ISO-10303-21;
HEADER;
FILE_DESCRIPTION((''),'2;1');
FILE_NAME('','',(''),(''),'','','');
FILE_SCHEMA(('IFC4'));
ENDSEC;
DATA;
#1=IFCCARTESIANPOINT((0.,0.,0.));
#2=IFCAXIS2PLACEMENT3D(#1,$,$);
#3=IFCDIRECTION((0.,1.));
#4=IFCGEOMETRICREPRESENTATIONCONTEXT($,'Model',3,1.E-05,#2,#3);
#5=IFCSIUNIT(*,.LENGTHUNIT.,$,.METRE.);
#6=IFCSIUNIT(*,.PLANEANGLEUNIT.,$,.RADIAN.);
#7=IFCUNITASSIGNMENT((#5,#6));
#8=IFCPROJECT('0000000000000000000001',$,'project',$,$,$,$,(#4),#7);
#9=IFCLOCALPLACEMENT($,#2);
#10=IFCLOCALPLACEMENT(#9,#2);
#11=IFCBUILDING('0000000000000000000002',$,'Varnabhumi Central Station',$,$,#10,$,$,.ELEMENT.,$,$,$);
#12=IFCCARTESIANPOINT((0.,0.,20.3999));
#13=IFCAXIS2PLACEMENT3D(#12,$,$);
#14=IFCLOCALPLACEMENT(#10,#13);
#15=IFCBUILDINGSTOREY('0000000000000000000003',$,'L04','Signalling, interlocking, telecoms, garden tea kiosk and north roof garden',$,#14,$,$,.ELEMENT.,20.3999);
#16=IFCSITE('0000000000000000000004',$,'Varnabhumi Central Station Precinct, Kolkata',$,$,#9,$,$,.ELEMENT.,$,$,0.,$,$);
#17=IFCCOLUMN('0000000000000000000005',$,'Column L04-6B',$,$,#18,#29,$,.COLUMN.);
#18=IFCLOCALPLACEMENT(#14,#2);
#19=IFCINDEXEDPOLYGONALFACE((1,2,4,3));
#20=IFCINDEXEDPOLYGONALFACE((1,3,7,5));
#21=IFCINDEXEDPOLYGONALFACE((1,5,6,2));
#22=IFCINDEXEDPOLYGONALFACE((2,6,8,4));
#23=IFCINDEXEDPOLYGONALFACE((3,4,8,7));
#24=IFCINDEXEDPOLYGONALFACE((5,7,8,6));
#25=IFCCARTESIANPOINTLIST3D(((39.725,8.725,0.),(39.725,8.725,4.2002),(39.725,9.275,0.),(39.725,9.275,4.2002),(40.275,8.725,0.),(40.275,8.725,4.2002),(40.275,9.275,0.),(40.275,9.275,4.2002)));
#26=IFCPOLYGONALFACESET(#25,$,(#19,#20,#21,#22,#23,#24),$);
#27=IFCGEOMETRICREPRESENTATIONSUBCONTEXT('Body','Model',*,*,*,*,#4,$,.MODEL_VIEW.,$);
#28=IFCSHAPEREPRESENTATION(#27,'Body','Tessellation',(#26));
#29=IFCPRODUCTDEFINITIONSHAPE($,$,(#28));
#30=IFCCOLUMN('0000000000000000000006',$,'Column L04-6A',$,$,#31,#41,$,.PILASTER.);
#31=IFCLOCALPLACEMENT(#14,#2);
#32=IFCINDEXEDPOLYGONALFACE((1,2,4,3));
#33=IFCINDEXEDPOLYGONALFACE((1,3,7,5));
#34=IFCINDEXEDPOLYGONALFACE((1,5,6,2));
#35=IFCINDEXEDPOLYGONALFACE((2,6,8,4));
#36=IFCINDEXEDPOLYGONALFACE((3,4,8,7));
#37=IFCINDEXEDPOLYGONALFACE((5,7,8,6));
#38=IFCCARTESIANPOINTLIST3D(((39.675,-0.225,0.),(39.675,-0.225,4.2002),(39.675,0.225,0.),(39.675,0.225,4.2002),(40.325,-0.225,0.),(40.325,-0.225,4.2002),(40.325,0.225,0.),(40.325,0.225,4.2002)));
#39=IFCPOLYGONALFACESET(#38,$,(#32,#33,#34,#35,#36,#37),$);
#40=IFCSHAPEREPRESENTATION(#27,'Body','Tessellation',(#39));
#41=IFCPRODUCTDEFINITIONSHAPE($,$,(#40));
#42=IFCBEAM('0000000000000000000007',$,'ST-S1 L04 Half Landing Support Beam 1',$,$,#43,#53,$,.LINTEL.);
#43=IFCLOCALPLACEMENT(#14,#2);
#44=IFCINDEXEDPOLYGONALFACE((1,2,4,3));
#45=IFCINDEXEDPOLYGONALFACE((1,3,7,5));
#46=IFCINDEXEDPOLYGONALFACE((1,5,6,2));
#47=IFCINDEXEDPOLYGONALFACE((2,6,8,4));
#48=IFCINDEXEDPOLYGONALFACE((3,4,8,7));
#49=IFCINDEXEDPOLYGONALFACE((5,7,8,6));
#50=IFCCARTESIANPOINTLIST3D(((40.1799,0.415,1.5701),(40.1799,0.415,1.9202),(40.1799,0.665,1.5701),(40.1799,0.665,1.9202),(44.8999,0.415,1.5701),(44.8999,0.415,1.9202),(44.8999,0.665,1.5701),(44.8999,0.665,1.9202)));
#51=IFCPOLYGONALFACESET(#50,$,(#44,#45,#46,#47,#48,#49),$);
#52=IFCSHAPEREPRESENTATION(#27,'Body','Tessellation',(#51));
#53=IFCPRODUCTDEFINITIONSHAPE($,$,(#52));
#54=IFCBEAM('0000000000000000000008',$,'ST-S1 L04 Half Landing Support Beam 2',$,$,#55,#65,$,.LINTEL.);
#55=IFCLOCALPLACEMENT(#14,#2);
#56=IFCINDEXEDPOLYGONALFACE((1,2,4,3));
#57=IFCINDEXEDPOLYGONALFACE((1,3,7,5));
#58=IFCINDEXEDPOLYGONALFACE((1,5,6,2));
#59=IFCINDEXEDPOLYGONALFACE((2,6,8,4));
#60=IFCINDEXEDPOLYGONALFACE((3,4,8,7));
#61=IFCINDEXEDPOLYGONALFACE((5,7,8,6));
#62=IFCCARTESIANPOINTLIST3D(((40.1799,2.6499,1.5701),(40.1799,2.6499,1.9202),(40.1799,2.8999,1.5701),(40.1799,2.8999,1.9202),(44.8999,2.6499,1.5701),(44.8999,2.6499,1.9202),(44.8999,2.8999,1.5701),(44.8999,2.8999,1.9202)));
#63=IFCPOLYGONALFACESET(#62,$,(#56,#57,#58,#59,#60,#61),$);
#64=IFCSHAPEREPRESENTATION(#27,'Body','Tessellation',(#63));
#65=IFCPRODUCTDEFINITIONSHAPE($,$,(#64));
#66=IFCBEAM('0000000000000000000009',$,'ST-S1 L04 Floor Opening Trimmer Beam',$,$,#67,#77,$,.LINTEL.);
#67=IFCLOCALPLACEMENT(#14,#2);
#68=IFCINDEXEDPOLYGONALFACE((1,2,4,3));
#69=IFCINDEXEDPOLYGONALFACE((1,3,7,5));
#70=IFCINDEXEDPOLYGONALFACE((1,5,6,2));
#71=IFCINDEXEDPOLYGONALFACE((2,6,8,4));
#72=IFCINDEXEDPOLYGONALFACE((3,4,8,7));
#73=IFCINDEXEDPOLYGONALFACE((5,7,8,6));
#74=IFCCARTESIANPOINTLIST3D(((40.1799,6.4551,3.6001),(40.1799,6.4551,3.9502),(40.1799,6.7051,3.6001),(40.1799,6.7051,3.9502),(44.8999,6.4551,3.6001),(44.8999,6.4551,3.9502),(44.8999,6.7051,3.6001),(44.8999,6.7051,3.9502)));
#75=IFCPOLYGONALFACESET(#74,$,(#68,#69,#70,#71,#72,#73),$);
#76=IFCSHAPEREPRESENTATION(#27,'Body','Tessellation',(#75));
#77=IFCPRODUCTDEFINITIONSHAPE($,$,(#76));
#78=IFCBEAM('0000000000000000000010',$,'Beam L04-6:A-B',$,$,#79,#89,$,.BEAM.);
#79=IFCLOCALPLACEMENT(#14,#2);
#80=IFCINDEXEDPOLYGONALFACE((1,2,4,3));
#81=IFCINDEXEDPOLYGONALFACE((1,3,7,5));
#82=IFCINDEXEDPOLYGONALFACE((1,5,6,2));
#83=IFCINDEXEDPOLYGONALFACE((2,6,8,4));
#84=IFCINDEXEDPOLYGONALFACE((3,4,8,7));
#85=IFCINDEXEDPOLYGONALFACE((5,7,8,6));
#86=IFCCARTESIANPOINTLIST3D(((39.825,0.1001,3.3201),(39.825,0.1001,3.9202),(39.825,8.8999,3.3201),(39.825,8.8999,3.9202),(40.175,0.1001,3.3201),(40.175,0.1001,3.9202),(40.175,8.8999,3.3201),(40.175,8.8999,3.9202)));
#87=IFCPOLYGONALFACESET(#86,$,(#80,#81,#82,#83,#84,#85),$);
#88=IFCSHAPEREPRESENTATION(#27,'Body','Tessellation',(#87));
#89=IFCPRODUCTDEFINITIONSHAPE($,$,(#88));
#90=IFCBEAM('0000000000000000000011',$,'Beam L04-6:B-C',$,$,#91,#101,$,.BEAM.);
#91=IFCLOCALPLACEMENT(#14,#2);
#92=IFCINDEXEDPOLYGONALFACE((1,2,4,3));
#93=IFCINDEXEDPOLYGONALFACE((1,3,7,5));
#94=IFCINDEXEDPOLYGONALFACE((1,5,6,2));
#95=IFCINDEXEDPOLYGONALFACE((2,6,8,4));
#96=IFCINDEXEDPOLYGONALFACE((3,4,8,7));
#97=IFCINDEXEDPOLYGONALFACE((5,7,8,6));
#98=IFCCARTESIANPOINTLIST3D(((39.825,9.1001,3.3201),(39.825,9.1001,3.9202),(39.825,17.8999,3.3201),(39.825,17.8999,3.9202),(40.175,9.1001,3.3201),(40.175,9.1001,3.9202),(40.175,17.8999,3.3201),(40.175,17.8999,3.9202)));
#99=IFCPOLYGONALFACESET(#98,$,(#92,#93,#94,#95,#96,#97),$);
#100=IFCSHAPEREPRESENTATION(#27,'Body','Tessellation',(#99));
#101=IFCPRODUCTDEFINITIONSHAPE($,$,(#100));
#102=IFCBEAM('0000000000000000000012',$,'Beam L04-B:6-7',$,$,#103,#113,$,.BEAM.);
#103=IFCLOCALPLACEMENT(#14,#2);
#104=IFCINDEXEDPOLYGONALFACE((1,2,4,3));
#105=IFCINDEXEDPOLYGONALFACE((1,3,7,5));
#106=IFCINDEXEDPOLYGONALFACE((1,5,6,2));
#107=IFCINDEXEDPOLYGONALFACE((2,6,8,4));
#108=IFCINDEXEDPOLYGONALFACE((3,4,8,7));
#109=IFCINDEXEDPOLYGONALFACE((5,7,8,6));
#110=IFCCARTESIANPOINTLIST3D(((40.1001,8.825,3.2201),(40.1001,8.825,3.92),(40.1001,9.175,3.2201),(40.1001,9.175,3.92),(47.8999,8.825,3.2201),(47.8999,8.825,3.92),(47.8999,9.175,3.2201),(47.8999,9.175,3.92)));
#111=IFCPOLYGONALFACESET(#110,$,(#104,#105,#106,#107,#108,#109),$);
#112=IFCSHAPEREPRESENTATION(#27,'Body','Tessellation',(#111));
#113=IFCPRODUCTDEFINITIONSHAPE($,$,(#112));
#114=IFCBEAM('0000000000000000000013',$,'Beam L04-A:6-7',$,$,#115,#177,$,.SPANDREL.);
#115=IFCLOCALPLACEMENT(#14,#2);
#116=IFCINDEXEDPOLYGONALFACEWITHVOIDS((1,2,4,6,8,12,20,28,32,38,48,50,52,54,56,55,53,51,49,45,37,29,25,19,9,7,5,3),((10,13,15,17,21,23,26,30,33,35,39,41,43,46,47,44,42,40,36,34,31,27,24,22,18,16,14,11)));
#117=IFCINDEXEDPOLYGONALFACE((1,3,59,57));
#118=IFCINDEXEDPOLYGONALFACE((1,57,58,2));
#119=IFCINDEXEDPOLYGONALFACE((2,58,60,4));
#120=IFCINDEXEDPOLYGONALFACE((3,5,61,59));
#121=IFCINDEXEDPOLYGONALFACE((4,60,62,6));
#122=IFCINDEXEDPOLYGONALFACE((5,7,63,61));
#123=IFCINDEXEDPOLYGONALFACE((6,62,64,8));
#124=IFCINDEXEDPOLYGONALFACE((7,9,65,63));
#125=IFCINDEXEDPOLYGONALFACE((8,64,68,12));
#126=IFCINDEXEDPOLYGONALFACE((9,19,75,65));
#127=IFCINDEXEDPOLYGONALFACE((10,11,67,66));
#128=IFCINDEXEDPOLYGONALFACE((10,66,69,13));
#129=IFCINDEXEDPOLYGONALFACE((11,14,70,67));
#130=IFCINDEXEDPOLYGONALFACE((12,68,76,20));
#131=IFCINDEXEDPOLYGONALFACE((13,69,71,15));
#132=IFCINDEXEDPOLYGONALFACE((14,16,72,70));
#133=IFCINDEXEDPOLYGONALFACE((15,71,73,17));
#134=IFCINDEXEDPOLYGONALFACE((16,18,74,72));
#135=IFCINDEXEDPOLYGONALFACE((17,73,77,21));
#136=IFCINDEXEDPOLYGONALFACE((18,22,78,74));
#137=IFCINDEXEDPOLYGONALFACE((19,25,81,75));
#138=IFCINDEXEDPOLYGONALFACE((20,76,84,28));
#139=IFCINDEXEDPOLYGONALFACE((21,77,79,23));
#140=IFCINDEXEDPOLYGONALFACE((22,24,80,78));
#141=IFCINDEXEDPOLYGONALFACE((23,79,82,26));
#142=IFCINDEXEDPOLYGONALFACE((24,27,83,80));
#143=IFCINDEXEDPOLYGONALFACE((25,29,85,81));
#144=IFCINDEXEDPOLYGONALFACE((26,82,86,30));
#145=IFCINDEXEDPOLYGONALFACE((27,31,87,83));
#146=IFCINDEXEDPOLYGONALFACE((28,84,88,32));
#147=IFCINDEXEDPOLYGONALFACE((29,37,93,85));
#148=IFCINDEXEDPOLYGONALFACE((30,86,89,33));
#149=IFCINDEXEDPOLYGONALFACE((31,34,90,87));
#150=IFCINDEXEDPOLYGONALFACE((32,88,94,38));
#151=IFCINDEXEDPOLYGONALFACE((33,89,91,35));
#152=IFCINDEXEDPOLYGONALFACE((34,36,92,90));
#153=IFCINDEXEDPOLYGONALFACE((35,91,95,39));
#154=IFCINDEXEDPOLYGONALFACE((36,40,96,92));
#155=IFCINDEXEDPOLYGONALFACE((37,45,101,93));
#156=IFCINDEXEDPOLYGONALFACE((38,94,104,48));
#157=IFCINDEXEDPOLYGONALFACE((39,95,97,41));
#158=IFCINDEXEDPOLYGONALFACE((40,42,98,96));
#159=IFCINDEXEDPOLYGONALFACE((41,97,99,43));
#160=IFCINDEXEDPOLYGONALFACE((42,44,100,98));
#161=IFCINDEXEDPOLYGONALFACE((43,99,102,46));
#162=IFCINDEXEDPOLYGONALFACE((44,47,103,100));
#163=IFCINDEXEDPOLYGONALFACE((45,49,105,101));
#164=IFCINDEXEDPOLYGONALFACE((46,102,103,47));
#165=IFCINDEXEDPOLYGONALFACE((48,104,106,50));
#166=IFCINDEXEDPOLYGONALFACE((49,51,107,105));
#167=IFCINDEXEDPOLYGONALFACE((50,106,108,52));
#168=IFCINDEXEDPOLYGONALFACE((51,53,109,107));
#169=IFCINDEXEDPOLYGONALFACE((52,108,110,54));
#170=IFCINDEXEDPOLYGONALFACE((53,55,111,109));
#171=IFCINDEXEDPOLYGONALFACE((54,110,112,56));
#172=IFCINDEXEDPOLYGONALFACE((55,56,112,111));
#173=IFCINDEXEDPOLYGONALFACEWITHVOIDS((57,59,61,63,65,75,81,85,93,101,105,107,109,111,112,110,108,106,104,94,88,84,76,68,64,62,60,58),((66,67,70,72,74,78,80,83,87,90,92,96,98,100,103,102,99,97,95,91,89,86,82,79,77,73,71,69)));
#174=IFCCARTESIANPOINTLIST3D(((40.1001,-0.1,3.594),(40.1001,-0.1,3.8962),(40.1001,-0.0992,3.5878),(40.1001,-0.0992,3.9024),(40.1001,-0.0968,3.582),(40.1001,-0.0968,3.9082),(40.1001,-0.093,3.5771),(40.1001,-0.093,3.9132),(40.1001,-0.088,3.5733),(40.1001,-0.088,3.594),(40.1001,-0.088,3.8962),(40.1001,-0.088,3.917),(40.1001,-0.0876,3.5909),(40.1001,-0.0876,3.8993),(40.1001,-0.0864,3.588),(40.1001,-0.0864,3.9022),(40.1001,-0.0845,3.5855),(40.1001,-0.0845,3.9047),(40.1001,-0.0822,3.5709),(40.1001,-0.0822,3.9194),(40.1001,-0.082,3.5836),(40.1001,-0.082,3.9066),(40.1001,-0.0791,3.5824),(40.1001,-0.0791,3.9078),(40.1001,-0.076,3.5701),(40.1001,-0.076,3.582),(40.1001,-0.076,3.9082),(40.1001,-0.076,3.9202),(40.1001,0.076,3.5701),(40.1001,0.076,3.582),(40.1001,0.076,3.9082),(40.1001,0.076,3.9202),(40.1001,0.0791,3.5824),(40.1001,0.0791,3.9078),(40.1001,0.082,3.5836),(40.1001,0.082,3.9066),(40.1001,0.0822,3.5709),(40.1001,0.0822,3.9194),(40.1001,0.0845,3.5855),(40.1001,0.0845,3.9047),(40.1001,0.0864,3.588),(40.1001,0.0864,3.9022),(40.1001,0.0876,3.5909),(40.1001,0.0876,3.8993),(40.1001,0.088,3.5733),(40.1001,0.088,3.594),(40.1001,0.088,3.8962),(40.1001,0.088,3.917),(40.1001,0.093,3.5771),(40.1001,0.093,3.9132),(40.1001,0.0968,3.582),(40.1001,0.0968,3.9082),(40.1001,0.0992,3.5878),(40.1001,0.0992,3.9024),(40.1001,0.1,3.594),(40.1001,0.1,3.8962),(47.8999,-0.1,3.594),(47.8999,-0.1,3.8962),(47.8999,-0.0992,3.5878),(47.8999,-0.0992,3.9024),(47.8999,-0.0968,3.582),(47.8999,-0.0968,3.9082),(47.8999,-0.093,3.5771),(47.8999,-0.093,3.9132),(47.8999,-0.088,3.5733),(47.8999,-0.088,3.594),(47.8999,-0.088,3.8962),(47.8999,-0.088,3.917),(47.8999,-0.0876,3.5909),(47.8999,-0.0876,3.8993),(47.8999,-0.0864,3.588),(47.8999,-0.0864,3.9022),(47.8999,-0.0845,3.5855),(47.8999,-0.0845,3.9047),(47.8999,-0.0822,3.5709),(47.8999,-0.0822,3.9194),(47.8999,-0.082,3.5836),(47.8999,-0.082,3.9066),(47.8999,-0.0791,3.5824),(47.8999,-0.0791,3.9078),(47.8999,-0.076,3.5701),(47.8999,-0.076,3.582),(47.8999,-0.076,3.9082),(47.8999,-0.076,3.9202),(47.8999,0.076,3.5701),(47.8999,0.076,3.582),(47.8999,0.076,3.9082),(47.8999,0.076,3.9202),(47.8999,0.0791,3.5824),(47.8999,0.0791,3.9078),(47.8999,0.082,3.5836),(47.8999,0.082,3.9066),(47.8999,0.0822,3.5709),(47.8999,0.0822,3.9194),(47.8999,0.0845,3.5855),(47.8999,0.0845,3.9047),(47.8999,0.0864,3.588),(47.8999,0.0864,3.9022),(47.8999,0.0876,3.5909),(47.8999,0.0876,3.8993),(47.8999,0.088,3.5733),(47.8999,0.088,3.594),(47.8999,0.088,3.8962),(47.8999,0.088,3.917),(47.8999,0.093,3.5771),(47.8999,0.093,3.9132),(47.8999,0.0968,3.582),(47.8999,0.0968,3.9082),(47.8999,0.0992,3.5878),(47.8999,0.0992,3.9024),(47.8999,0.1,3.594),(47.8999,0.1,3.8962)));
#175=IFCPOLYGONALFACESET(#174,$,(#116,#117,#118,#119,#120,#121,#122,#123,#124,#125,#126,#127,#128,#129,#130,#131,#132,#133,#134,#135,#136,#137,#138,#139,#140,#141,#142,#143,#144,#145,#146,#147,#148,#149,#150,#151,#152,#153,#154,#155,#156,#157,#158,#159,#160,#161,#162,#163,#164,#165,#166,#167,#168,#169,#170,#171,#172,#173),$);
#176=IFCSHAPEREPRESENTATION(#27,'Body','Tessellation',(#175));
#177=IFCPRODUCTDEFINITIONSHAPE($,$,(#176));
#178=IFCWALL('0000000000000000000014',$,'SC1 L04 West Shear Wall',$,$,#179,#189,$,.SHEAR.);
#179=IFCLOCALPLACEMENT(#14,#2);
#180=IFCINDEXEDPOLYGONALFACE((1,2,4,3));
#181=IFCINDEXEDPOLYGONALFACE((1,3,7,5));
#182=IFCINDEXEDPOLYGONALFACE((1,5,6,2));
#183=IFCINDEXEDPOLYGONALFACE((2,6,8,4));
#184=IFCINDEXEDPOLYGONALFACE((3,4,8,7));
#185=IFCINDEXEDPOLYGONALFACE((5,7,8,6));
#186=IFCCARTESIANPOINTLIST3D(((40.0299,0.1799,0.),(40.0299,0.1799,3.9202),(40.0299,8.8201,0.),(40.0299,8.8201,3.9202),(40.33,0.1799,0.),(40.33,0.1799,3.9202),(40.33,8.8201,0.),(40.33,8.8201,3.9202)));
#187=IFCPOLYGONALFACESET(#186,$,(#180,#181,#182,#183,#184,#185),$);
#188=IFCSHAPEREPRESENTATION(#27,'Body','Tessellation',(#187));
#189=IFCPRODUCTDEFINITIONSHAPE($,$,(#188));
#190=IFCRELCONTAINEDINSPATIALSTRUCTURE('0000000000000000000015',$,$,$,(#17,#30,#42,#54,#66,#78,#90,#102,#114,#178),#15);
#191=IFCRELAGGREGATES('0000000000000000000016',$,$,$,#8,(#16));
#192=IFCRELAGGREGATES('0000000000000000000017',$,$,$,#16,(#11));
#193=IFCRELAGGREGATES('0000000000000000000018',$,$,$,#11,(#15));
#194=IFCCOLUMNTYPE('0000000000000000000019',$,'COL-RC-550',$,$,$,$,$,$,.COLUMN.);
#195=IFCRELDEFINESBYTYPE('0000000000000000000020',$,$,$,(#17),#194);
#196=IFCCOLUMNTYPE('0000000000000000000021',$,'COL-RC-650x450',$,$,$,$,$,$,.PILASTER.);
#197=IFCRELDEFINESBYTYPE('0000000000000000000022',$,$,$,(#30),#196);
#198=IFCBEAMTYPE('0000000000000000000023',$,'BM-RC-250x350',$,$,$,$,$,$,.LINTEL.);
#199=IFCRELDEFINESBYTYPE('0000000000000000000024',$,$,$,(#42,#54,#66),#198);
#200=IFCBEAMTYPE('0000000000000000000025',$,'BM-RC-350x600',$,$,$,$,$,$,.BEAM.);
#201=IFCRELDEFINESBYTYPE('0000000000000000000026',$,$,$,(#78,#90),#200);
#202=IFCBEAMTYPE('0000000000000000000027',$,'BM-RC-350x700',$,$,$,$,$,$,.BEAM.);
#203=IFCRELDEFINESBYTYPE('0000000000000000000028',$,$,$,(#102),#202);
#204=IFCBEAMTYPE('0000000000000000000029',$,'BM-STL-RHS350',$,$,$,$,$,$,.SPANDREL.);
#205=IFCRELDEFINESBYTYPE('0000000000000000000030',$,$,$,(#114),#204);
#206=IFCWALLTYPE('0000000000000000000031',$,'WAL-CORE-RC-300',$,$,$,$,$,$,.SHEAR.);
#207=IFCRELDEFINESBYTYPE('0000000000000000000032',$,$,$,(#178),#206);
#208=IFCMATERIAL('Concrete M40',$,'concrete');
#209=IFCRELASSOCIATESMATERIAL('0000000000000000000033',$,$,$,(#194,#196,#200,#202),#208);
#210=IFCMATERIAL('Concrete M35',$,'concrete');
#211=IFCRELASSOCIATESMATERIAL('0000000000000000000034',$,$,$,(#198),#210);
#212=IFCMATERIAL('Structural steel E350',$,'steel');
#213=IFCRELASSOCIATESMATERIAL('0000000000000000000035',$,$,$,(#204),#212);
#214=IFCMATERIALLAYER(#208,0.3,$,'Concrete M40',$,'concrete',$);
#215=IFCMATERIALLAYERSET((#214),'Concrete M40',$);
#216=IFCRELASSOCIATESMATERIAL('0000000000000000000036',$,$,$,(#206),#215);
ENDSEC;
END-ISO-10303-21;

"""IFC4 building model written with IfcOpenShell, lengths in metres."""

from ifc_helpers import new_model, si_unit, direction, frame, frame_2d, origin, origin_2d, place, context, subcontext, project, spatial, rectangle, hollow_rectangle, extrude, material, layer, layer_set, material_profile, profile_set, type_object, element, save


model = new_model("IFC4")

# Units and contexts
model_context = context("Model", 3, precision=1e-05, world=origin(), true_north=direction((0.0, 1.0)))
body_context = subcontext(model_context, "Body", "Model", "MODEL_VIEW")
ifc_project = project(units=[si_unit("LENGTHUNIT", "METRE"), si_unit("PLANEANGLEUNIT", "RADIAN")], contexts=[model_context])

# Site, building, storey
site_placement = place(None, origin())
site = spatial("IfcSite", under=ifc_project, at=site_placement, Name="Varnabhumi Central Station Precinct, Kolkata", CompositionType="ELEMENT", RefElevation=0.0)
building_placement = place(site_placement, origin())
building = spatial("IfcBuilding", under=site, at=building_placement, Name="Varnabhumi Central Station", CompositionType="ELEMENT")
storey_placement = place(building_placement, frame((0.0, 0.0, 20.3999)))
storey = spatial("IfcBuildingStorey", under=building, at=storey_placement, Name="L04", Description="Signalling, interlocking, telecoms, garden tea kiosk and north roof garden", CompositionType="ELEMENT", Elevation=20.3999)

# Columns
ifc_material_1 = material(Name="Concrete M40", Category="concrete")
ifc_material_profile_1 = material_profile(ifc_material_1, rectangle(XDim=0.55, YDim=0.55, at=origin_2d()), Name="Concrete M40", Category="concrete")
ifc_profile_set_1 = profile_set([ifc_material_profile_1], Name="Concrete M40")
column_type_1 = type_object("IfcColumnType", Name="COL-RC-550", PredefinedType="COLUMN", material=ifc_profile_set_1)
column_1_placement = place(storey_placement, frame((40.0, 9.0, 0.0), z_axis=(0.0, 0.0, 1.0), x_axis=(1.0, 0.0, 0.0)))
element("IfcColumn", 1, at=column_1_placement, inside=storey, type_object=column_type_1, Name="Column L04-6B", PredefinedType="COLUMN", context=body_context, shape_type="SweptSolid", body=[
    extrude(rectangle(XDim=0.55, YDim=0.55, at=origin_2d()), origin(), (0.0, 0.0, 1.0), 4.2002),
])
ifc_material_profile_2 = material_profile(ifc_material_1, rectangle(XDim=0.6499, YDim=0.45, at=origin_2d()), Name="Concrete M40", Category="concrete")
ifc_profile_set_2 = profile_set([ifc_material_profile_2], Name="Concrete M40")
column_type_2 = type_object("IfcColumnType", Name="COL-RC-650x450", PredefinedType="PILASTER", material=ifc_profile_set_2)
column_2_placement = place(storey_placement, frame((40.0, 0.0, 0.0), z_axis=(0.0, 0.0, 1.0), x_axis=(1.0, 0.0, 0.0)))
element("IfcColumn", 2, at=column_2_placement, inside=storey, type_object=column_type_2, Name="Column L04-6A", PredefinedType="PILASTER", context=body_context, shape_type="SweptSolid", body=[
    extrude(rectangle(XDim=0.6499, YDim=0.45, at=origin_2d()), origin(), (0.0, 0.0, 1.0), 4.2002),
])

# Beams
ifc_material_2 = material(Name="Concrete M35", Category="concrete")
ifc_material_profile_3 = material_profile(ifc_material_2, rectangle(XDim=0.25, YDim=0.3501, at=origin_2d()), Name="Concrete M35", Category="concrete")
ifc_profile_set_3 = profile_set([ifc_material_profile_3], Name="Concrete M35")
beam_type_1 = type_object("IfcBeamType", Name="BM-RC-250x350", PredefinedType="LINTEL", material=ifc_profile_set_3)
for number, where, z_axis, x_axis, name in (
    (3, (40.1799, 0.54, 1.7451), (1.0, 0.0, 0.0), (0.0, 1.0, 0.0), "ST-S1 L04 Half Landing Support Beam 1"),
    (4, (40.1799, 2.7749, 1.7451), (1.0, 0.0, 0.0), (0.0, 1.0, 0.0), "ST-S1 L04 Half Landing Support Beam 2"),
    (5, (40.1799, 6.5801, 3.7751), (1.0, 0.0, 0.0), (0.0, 1.0, 0.0), "ST-S1 L04 Floor Opening Trimmer Beam"),
):
    element("IfcBeam", number, at=place(storey_placement, frame(where, z_axis=z_axis, x_axis=x_axis)), inside=storey, type_object=beam_type_1, Name=name, PredefinedType="LINTEL", context=body_context, shape_type="SweptSolid", body=[
        extrude(rectangle(XDim=0.25, YDim=0.3501, at=origin_2d()), origin(), (0.0, 0.0, 1.0), 4.72),
    ])
ifc_material_profile_4 = material_profile(ifc_material_1, rectangle(XDim=0.3501, YDim=0.6001, at=origin_2d()), Name="Concrete M40", Category="concrete")
ifc_profile_set_4 = profile_set([ifc_material_profile_4], Name="Concrete M40")
beam_type_2 = type_object("IfcBeamType", Name="BM-RC-350x600", PredefinedType="BEAM", material=ifc_profile_set_4)
for number, where, z_axis, x_axis, name in (
    (6, (40.0, 0.1001, 3.6201), (0.0, 1.0, 0.0), (-1.0, 0.0, 0.0), "Beam L04-6:A-B"),
    (7, (40.0, 9.1001, 3.6201), (0.0, 1.0, 0.0), (-1.0, 0.0, 0.0), "Beam L04-6:B-C"),
):
    element("IfcBeam", number, at=place(storey_placement, frame(where, z_axis=z_axis, x_axis=x_axis)), inside=storey, type_object=beam_type_2, Name=name, PredefinedType="BEAM", context=body_context, shape_type="SweptSolid", body=[
        extrude(rectangle(XDim=0.3501, YDim=0.6001, at=origin_2d()), origin(), (0.0, 0.0, 1.0), 8.7998),
    ])
ifc_material_profile_5 = material_profile(ifc_material_1, rectangle(XDim=0.3501, YDim=0.7, at=origin_2d()), Name="Concrete M40", Category="concrete")
ifc_profile_set_5 = profile_set([ifc_material_profile_5], Name="Concrete M40")
beam_type_3 = type_object("IfcBeamType", Name="BM-RC-350x700", PredefinedType="BEAM", material=ifc_profile_set_5)
beam_1_placement = place(storey_placement, frame((40.1001, 9.0, 3.5701), z_axis=(1.0, 0.0, 0.0), x_axis=(0.0, 1.0, 0.0)))
element("IfcBeam", 8, at=beam_1_placement, inside=storey, type_object=beam_type_3, Name="Beam L04-B:6-7", PredefinedType="BEAM", context=body_context, shape_type="SweptSolid", body=[
    extrude(rectangle(XDim=0.3501, YDim=0.7, at=origin_2d()), origin(), (0.0, 0.0, 1.0), 7.7998),
])
ifc_material_3 = material(Name="Structural steel E350", Category="steel")
ifc_material_profile_6 = material_profile(ifc_material_3, hollow_rectangle(XDim=0.2, YDim=0.3501, WallThickness=0.012, InnerFilletRadius=0.012, OuterFilletRadius=0.0239, at=origin_2d()), Name="Structural steel E350", Category="steel")
ifc_profile_set_6 = profile_set([ifc_material_profile_6], Name="Structural steel E350")
beam_type_4 = type_object("IfcBeamType", Name="BM-STL-RHS350", PredefinedType="SPANDREL", material=ifc_profile_set_6)
beam_2_placement = place(storey_placement, frame((40.1001, 0.0, 3.7451), z_axis=(1.0, 0.0, 0.0), x_axis=(0.0, 1.0, 0.0)))
element("IfcBeam", 9, at=beam_2_placement, inside=storey, type_object=beam_type_4, Name="Beam L04-A:6-7", PredefinedType="SPANDREL", context=body_context, shape_type="SweptSolid", body=[
    extrude(hollow_rectangle(XDim=0.2, YDim=0.3501, WallThickness=0.012, InnerFilletRadius=0.012, OuterFilletRadius=0.0239, at=origin_2d()), origin(), (0.0, 0.0, 1.0), 7.7998),
])

# Wall
ifc_layer_1 = layer(ifc_material_1, 0.3, Name="Concrete M40", Category="concrete")
ifc_layer_set_1 = layer_set([ifc_layer_1], Name="Concrete M40")
wall_type_1 = type_object("IfcWallType", Name="WAL-CORE-RC-300", PredefinedType="SHEAR", material=ifc_layer_set_1)
wall_1_placement = place(storey_placement, frame((40.1799, 0.1799, 0.0), z_axis=(0.0, 0.0, 1.0), x_axis=(0.0, 1.0, 0.0)))
element("IfcWall", 10, at=wall_1_placement, inside=storey, type_object=wall_type_1, Name="SC1 L04 West Shear Wall", PredefinedType="SHEAR", context=body_context, shape_type="SweptSolid", body=[
    extrude(rectangle(XDim=8.6401, YDim=0.3, at=frame_2d((4.3201, 0.0))), origin(), (0.0, 0.0, 1.0), 3.9202),
])

save(model, "model.ifc")
